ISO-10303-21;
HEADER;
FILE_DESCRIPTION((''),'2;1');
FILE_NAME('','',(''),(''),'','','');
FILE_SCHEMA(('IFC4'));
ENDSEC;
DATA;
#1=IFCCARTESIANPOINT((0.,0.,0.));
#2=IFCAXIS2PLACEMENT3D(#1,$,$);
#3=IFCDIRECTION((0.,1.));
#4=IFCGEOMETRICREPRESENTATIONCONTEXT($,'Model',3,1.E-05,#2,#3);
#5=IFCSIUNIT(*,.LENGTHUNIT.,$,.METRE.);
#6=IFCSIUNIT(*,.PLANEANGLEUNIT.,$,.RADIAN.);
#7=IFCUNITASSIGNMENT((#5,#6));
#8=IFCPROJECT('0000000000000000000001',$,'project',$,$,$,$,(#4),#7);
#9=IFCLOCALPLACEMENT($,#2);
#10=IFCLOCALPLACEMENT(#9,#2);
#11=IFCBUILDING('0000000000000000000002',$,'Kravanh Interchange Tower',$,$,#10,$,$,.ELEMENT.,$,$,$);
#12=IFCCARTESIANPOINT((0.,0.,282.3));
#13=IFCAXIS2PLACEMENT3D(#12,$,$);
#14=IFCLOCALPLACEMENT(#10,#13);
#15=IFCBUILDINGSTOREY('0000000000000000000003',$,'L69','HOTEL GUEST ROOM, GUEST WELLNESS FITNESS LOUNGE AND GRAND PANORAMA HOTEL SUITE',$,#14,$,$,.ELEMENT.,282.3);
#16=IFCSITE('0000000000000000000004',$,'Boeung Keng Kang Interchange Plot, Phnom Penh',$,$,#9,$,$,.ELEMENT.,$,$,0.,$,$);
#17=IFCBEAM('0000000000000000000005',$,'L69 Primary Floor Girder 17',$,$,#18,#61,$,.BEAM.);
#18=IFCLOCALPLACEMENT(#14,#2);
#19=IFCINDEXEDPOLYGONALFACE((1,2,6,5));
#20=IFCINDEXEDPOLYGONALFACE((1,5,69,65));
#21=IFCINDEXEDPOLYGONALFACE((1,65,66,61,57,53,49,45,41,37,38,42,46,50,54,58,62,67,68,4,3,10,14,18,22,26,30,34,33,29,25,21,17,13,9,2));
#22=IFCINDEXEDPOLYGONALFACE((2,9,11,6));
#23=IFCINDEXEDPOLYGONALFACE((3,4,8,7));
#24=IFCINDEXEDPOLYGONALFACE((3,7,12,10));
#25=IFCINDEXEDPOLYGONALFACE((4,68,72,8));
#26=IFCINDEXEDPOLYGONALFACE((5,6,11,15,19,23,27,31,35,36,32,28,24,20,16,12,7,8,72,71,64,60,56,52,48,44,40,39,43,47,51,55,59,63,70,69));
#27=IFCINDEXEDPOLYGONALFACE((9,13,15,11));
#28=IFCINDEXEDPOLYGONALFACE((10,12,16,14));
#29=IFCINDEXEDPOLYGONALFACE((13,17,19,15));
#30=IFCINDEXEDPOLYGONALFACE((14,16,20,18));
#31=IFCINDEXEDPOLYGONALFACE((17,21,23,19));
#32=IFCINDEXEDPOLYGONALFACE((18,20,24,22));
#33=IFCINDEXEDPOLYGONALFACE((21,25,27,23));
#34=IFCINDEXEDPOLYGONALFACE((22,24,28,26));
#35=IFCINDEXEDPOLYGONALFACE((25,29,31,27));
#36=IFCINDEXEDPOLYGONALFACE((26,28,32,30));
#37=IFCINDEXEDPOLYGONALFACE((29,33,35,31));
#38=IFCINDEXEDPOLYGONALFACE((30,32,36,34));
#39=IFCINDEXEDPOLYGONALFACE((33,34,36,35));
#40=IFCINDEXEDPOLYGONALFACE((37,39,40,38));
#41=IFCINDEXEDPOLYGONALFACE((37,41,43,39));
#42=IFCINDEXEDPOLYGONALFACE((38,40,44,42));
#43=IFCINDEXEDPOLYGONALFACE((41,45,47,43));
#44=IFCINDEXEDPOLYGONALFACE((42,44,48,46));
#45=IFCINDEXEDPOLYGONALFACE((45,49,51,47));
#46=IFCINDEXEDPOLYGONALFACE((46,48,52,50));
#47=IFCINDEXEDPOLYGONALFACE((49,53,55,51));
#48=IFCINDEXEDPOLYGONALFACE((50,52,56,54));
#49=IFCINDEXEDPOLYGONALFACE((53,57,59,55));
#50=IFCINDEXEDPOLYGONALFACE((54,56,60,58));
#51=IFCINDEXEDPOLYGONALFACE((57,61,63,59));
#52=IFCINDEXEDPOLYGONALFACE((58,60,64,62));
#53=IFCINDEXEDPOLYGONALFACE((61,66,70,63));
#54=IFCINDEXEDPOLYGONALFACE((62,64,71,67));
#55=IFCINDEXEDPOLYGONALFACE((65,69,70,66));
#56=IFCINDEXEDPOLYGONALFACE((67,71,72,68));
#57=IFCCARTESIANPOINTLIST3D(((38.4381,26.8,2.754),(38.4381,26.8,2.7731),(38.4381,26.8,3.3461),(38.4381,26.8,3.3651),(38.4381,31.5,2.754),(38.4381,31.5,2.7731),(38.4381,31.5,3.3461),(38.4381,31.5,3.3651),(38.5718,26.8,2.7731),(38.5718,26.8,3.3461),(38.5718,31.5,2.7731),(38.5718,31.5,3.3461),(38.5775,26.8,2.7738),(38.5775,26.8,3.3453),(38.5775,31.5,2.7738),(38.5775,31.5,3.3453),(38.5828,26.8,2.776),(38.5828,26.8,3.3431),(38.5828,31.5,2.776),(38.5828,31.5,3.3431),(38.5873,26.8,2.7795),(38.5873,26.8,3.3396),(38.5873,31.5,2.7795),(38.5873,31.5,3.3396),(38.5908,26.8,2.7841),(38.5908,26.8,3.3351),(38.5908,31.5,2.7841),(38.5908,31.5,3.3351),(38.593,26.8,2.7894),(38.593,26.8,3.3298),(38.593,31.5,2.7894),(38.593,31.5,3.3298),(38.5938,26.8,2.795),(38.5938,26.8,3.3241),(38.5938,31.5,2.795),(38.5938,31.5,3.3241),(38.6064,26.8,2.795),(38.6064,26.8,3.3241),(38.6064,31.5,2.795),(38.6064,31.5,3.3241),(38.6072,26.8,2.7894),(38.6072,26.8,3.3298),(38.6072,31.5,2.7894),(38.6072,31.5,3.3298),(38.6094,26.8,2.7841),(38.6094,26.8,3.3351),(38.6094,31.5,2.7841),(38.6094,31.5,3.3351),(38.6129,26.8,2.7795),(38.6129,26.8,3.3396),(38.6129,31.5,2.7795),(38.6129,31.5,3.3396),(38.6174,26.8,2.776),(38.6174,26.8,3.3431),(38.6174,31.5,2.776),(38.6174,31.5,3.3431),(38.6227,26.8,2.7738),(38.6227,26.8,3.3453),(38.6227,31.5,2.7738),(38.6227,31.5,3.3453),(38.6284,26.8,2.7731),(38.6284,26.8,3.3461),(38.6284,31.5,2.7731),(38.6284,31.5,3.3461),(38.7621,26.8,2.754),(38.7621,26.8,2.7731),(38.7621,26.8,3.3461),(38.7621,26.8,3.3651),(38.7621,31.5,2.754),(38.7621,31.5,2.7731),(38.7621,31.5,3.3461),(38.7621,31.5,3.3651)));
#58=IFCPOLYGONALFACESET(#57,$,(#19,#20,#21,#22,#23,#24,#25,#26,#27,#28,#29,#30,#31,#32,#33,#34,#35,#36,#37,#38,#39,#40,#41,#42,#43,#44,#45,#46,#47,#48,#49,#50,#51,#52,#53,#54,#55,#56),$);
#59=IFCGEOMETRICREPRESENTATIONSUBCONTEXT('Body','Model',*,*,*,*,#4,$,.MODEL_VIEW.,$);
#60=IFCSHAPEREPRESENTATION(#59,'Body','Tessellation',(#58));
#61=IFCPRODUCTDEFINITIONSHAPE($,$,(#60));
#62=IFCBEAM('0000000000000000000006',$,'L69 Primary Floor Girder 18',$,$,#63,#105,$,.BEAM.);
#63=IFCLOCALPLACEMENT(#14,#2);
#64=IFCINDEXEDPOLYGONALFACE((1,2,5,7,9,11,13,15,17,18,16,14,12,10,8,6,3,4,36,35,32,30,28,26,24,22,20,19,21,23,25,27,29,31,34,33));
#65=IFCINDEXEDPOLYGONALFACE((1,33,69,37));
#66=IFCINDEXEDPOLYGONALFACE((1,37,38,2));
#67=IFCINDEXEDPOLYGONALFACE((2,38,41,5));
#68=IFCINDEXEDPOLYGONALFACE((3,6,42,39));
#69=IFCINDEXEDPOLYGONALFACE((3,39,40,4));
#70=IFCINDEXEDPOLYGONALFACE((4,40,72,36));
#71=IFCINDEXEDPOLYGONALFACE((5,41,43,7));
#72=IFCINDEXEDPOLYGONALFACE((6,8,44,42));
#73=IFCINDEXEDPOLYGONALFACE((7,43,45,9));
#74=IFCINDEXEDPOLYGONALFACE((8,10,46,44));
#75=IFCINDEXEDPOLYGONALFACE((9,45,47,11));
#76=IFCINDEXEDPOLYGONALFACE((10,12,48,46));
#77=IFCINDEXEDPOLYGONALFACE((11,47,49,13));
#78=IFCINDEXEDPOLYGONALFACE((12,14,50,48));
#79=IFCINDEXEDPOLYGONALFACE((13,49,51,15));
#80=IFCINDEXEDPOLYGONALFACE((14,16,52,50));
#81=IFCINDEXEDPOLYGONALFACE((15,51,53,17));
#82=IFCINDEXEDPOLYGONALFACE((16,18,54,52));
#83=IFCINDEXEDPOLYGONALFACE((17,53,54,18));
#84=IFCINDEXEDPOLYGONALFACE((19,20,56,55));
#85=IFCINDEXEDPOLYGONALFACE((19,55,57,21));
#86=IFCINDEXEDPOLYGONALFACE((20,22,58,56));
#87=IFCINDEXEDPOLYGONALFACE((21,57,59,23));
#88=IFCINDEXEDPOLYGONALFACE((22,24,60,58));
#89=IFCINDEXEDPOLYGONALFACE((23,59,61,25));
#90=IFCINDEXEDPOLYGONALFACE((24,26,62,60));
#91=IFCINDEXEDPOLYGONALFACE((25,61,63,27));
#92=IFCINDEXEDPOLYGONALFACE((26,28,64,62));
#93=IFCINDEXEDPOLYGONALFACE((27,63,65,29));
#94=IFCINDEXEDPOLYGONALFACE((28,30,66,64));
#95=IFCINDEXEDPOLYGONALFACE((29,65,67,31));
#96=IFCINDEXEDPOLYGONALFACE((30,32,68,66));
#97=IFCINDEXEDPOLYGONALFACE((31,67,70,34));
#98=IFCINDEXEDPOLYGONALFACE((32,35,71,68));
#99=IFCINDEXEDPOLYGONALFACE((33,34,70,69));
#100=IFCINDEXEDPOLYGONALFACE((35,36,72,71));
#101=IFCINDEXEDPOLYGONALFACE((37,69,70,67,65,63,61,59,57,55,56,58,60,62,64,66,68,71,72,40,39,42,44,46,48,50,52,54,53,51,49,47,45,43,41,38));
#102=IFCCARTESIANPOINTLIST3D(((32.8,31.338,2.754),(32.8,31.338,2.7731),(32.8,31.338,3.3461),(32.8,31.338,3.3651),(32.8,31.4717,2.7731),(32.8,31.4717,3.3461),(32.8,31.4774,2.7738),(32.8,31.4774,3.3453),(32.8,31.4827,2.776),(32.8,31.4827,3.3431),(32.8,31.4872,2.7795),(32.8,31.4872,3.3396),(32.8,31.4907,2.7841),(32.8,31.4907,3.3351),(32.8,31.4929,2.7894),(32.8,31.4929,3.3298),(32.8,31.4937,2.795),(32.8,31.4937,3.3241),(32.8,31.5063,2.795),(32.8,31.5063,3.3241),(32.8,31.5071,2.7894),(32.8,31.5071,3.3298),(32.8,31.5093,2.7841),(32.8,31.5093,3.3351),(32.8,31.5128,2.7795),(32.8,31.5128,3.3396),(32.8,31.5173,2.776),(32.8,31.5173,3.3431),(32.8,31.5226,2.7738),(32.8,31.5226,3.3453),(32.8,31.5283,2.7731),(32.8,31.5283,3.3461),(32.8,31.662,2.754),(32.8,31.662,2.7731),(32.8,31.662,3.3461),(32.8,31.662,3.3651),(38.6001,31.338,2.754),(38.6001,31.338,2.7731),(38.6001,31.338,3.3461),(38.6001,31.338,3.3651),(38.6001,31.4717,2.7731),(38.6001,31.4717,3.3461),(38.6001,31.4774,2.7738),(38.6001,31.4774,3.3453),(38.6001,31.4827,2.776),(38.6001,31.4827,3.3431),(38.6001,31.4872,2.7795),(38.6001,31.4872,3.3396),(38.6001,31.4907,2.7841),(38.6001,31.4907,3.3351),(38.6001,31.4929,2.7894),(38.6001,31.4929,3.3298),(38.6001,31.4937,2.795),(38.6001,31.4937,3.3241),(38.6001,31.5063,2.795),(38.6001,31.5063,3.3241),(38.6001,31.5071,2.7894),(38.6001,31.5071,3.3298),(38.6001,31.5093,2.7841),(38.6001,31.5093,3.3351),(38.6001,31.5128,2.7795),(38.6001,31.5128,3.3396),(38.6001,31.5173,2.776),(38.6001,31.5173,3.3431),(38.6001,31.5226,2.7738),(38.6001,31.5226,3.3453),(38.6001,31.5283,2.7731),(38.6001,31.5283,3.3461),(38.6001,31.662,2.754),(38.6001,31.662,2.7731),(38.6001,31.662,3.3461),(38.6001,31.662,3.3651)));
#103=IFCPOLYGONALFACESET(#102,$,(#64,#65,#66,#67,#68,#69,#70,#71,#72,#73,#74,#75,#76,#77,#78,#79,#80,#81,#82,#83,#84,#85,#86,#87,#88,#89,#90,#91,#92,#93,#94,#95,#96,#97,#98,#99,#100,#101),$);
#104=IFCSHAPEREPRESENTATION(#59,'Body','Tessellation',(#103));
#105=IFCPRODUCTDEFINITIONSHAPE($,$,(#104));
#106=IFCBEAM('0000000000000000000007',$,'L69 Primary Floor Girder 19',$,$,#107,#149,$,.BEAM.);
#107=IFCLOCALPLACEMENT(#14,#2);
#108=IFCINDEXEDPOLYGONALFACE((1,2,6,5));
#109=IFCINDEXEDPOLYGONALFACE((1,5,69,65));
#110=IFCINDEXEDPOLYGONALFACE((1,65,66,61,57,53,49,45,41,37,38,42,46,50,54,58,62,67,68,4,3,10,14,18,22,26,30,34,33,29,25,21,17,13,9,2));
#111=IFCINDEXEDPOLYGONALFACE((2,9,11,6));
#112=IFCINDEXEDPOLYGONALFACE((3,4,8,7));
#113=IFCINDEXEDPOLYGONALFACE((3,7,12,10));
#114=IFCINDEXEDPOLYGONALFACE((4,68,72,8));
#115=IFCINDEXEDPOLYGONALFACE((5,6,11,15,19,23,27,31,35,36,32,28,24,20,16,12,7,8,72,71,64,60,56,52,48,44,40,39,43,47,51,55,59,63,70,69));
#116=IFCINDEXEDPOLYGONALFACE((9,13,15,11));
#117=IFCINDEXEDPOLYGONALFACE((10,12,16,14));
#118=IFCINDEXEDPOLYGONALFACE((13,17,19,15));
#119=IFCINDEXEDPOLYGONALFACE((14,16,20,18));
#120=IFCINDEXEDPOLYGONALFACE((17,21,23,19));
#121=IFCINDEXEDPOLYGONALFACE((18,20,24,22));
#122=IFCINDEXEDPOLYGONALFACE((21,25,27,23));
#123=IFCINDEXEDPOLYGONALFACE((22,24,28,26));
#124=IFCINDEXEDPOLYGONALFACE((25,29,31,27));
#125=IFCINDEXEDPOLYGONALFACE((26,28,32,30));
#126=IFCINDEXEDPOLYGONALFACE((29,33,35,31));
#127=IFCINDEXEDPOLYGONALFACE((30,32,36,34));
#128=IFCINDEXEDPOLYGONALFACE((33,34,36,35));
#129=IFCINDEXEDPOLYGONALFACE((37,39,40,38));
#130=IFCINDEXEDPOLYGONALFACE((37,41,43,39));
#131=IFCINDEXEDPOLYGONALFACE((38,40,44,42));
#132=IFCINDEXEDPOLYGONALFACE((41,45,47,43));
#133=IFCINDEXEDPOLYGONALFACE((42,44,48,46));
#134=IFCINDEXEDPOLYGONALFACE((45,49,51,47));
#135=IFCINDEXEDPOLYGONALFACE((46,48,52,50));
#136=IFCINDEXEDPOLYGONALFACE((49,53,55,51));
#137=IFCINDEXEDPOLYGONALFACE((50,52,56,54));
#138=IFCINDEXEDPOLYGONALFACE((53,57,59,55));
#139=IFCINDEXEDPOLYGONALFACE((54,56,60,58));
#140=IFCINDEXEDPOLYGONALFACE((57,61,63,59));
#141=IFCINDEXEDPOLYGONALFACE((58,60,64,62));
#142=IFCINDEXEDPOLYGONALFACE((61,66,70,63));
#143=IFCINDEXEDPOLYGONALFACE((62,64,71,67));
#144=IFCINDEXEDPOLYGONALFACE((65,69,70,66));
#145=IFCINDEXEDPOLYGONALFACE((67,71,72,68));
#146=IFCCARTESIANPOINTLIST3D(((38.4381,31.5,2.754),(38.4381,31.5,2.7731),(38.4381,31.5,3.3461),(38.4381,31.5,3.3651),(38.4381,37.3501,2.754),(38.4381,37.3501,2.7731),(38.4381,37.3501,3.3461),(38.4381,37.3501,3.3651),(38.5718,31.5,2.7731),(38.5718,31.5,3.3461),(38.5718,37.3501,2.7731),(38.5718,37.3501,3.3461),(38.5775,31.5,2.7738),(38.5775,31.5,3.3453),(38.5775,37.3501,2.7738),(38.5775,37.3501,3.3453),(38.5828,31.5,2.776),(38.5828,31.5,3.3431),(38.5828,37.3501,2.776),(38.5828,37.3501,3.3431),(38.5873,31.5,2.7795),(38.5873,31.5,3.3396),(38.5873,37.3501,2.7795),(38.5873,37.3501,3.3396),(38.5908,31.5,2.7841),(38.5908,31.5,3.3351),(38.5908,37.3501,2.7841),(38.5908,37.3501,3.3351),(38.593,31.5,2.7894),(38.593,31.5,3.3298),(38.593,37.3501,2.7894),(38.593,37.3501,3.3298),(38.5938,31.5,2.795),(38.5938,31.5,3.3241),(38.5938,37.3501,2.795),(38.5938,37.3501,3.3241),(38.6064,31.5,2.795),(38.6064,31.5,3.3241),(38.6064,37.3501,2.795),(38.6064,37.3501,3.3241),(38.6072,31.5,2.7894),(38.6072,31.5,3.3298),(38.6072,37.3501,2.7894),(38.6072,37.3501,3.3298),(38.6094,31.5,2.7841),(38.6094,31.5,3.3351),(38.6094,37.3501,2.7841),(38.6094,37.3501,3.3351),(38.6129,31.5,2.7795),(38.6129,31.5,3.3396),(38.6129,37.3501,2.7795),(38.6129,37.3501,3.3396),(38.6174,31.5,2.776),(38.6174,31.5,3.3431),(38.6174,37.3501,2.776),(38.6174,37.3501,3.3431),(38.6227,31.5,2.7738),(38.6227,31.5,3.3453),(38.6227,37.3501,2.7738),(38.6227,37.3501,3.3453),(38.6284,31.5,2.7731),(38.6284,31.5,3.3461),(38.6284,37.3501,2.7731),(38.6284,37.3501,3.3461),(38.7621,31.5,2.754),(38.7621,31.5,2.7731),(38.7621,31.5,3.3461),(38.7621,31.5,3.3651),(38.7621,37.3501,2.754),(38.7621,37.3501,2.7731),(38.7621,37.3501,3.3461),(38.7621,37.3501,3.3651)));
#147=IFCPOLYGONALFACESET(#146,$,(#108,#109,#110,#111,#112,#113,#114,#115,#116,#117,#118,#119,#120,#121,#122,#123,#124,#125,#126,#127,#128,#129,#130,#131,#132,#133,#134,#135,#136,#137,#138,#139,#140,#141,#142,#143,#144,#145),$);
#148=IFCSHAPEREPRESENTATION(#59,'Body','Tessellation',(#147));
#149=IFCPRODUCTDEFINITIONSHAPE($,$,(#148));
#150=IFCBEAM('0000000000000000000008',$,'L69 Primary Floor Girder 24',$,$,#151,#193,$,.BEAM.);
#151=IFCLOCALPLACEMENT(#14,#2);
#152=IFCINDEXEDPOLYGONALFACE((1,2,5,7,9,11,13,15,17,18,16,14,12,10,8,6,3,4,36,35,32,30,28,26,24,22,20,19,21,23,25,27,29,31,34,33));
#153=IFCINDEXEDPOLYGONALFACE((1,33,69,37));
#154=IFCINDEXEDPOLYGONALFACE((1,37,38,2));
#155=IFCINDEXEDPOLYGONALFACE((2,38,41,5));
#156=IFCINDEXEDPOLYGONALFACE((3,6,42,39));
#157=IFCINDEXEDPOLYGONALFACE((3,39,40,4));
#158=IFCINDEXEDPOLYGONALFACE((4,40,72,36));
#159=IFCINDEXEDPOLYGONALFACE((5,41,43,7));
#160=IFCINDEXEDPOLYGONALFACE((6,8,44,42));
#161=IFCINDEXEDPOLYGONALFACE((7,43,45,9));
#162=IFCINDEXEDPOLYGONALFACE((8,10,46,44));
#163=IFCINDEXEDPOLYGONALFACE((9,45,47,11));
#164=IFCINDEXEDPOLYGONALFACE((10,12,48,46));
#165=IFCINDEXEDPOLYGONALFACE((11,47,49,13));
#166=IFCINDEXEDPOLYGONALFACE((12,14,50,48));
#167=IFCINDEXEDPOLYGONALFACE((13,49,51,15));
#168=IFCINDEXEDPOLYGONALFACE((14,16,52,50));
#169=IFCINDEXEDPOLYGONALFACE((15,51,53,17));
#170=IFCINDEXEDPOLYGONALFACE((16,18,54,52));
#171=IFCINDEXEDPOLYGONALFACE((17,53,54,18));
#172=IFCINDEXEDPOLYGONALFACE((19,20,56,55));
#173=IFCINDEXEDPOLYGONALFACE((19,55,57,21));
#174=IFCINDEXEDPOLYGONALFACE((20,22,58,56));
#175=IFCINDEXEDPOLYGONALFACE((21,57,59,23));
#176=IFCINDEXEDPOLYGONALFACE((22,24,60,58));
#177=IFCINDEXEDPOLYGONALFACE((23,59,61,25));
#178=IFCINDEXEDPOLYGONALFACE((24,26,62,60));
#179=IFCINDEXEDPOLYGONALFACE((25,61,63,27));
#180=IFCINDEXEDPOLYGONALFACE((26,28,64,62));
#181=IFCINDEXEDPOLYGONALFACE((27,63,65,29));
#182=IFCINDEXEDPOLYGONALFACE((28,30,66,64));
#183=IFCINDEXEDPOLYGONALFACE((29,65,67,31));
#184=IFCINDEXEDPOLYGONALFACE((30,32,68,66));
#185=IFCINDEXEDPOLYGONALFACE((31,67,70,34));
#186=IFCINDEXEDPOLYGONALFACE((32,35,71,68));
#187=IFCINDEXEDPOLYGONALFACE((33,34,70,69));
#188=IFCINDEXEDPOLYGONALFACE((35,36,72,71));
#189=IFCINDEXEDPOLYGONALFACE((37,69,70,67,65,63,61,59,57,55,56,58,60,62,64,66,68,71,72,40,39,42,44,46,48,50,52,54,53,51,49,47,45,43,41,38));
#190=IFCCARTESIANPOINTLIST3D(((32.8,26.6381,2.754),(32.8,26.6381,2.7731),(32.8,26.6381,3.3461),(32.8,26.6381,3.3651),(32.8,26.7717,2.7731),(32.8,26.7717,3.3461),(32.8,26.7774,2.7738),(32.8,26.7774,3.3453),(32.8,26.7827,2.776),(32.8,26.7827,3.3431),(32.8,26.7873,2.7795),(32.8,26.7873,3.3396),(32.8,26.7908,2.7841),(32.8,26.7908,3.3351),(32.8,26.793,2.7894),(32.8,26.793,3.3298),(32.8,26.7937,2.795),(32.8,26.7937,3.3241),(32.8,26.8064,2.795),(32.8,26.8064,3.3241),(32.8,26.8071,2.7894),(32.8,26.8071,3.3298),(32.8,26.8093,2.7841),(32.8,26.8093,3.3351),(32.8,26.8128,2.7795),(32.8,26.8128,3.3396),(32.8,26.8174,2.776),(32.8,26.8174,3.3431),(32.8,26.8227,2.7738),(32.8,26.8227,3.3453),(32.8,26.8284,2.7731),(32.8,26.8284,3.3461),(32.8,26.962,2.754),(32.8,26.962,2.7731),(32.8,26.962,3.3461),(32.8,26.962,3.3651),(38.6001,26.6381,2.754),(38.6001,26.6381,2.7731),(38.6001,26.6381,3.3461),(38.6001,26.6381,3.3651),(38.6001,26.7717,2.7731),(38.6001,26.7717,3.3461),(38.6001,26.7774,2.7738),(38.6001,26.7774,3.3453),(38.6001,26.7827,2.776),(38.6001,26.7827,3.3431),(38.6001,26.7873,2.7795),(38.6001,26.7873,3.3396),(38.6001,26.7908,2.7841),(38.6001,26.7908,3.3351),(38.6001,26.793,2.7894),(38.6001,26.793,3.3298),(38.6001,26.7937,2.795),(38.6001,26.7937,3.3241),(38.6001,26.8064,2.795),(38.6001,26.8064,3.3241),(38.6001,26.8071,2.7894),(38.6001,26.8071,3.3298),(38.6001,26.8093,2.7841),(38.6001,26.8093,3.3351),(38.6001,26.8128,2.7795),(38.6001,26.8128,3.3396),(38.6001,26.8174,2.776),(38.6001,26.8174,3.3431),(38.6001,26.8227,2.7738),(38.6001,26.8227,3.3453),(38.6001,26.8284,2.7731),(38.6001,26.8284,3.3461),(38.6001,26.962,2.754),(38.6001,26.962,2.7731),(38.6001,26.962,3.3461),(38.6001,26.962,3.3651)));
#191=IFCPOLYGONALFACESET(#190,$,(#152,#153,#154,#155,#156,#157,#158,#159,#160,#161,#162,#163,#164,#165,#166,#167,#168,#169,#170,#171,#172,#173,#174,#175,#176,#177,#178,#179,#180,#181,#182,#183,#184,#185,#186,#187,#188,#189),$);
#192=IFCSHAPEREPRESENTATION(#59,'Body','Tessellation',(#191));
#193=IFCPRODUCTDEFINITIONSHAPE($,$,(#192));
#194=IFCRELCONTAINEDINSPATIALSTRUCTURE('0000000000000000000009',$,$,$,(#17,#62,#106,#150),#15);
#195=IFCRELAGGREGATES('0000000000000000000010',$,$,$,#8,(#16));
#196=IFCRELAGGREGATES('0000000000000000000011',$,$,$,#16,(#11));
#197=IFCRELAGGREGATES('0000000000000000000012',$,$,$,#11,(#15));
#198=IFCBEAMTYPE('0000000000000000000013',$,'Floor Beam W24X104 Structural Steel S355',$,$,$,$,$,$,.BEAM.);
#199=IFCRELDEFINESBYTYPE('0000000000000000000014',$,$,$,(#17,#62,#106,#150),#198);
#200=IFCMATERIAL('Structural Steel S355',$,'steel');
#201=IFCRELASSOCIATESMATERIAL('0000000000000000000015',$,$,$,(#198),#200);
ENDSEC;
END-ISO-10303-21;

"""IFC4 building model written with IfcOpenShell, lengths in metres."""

from ifc_helpers import new_model, si_unit, direction, frame, origin, origin_2d, place, context, subcontext, project, spatial, i_section, extrude, material, material_profile, profile_set, type_object, element, save


model = new_model("IFC4")

# Units and contexts
model_context = context("Model", 3, precision=1e-05, world=origin(), true_north=direction((0.0, 1.0)))
body_context = subcontext(model_context, "Body", "Model", "MODEL_VIEW")
ifc_project = project(units=[si_unit("LENGTHUNIT", "METRE"), si_unit("PLANEANGLEUNIT", "RADIAN")], contexts=[model_context])

# Site, building, storey
site_placement = place(None, origin())
site = spatial("IfcSite", under=ifc_project, at=site_placement, Name="Boeung Keng Kang Interchange Plot, Phnom Penh", CompositionType="ELEMENT", RefElevation=0.0)
building_placement = place(site_placement, origin())
building = spatial("IfcBuilding", under=site, at=building_placement, Name="Kravanh Interchange Tower", CompositionType="ELEMENT")
storey_placement = place(building_placement, frame((0.0, 0.0, 282.3)))
storey = spatial("IfcBuildingStorey", under=building, at=storey_placement, Name="L69", Description="HOTEL GUEST ROOM, GUEST WELLNESS FITNESS LOUNGE AND GRAND PANORAMA HOTEL SUITE", CompositionType="ELEMENT", Elevation=282.3)

# Beams
ifc_material_1 = material(Name="Structural Steel S355", Category="steel")
ifc_material_profile_1 = material_profile(ifc_material_1, i_section(OverallWidth=0.324, OverallDepth=0.6111, WebThickness=0.0127, FlangeThickness=0.019, FilletRadius=0.022, at=origin_2d()), Name="W24X104")
ifc_profile_set_1 = profile_set([ifc_material_profile_1], Name="Structural Steel S355")
beam_type_1 = type_object("IfcBeamType", Name="Floor Beam W24X104 Structural Steel S355", PredefinedType="BEAM", material=ifc_profile_set_1)
beam_1_placement = place(storey_placement, frame((38.6001, 31.5, 3.0596), z_axis=(0.0, -1.0, 0.0), x_axis=(1.0, 0.0, 0.0)))
element("IfcBeam", 1, at=beam_1_placement, inside=storey, type_object=beam_type_1, Name="L69 Primary Floor Girder 17", PredefinedType="BEAM", context=body_context, shape_type="SweptSolid", body=[
    extrude(i_section(OverallWidth=0.324, OverallDepth=0.6111, WebThickness=0.0127, FlangeThickness=0.019, FilletRadius=0.022, at=origin_2d()), origin(), (0.0, 0.0, 1.0), 4.7),
])
beam_2_placement = place(storey_placement, frame((38.6001, 31.5, 3.0596), z_axis=(-1.0, 0.0, 0.0), x_axis=(0.0, -1.0, 0.0)))
element("IfcBeam", 2, at=beam_2_placement, inside=storey, type_object=beam_type_1, Name="L69 Primary Floor Girder 18", PredefinedType="BEAM", context=body_context, shape_type="SweptSolid", body=[
    extrude(i_section(OverallWidth=0.324, OverallDepth=0.6111, WebThickness=0.0127, FlangeThickness=0.019, FilletRadius=0.022, at=origin_2d()), origin(), (0.0, 0.0, 1.0), 5.8),
])
beam_3_placement = place(storey_placement, frame((38.6001, 31.5, 3.0596), z_axis=(0.0, 1.0, 0.0), x_axis=(-1.0, 0.0, 0.0)))
element("IfcBeam", 3, at=beam_3_placement, inside=storey, type_object=beam_type_1, Name="L69 Primary Floor Girder 19", PredefinedType="BEAM", context=body_context, shape_type="SweptSolid", body=[
    extrude(i_section(OverallWidth=0.324, OverallDepth=0.6111, WebThickness=0.0127, FlangeThickness=0.019, FilletRadius=0.022, at=origin_2d()), origin(), (0.0, 0.0, 1.0), 5.8501),
])
beam_4_placement = place(storey_placement, frame((38.6001, 26.8, 3.0596), z_axis=(-1.0, 0.0, 0.0), x_axis=(0.0, -1.0, 0.0)))
element("IfcBeam", 4, at=beam_4_placement, inside=storey, type_object=beam_type_1, Name="L69 Primary Floor Girder 24", PredefinedType="BEAM", context=body_context, shape_type="SweptSolid", body=[
    extrude(i_section(OverallWidth=0.324, OverallDepth=0.6111, WebThickness=0.0127, FlangeThickness=0.019, FilletRadius=0.022, at=origin_2d()), origin(), (0.0, 0.0, 1.0), 5.8),
])

save(model, "model.ifc")
